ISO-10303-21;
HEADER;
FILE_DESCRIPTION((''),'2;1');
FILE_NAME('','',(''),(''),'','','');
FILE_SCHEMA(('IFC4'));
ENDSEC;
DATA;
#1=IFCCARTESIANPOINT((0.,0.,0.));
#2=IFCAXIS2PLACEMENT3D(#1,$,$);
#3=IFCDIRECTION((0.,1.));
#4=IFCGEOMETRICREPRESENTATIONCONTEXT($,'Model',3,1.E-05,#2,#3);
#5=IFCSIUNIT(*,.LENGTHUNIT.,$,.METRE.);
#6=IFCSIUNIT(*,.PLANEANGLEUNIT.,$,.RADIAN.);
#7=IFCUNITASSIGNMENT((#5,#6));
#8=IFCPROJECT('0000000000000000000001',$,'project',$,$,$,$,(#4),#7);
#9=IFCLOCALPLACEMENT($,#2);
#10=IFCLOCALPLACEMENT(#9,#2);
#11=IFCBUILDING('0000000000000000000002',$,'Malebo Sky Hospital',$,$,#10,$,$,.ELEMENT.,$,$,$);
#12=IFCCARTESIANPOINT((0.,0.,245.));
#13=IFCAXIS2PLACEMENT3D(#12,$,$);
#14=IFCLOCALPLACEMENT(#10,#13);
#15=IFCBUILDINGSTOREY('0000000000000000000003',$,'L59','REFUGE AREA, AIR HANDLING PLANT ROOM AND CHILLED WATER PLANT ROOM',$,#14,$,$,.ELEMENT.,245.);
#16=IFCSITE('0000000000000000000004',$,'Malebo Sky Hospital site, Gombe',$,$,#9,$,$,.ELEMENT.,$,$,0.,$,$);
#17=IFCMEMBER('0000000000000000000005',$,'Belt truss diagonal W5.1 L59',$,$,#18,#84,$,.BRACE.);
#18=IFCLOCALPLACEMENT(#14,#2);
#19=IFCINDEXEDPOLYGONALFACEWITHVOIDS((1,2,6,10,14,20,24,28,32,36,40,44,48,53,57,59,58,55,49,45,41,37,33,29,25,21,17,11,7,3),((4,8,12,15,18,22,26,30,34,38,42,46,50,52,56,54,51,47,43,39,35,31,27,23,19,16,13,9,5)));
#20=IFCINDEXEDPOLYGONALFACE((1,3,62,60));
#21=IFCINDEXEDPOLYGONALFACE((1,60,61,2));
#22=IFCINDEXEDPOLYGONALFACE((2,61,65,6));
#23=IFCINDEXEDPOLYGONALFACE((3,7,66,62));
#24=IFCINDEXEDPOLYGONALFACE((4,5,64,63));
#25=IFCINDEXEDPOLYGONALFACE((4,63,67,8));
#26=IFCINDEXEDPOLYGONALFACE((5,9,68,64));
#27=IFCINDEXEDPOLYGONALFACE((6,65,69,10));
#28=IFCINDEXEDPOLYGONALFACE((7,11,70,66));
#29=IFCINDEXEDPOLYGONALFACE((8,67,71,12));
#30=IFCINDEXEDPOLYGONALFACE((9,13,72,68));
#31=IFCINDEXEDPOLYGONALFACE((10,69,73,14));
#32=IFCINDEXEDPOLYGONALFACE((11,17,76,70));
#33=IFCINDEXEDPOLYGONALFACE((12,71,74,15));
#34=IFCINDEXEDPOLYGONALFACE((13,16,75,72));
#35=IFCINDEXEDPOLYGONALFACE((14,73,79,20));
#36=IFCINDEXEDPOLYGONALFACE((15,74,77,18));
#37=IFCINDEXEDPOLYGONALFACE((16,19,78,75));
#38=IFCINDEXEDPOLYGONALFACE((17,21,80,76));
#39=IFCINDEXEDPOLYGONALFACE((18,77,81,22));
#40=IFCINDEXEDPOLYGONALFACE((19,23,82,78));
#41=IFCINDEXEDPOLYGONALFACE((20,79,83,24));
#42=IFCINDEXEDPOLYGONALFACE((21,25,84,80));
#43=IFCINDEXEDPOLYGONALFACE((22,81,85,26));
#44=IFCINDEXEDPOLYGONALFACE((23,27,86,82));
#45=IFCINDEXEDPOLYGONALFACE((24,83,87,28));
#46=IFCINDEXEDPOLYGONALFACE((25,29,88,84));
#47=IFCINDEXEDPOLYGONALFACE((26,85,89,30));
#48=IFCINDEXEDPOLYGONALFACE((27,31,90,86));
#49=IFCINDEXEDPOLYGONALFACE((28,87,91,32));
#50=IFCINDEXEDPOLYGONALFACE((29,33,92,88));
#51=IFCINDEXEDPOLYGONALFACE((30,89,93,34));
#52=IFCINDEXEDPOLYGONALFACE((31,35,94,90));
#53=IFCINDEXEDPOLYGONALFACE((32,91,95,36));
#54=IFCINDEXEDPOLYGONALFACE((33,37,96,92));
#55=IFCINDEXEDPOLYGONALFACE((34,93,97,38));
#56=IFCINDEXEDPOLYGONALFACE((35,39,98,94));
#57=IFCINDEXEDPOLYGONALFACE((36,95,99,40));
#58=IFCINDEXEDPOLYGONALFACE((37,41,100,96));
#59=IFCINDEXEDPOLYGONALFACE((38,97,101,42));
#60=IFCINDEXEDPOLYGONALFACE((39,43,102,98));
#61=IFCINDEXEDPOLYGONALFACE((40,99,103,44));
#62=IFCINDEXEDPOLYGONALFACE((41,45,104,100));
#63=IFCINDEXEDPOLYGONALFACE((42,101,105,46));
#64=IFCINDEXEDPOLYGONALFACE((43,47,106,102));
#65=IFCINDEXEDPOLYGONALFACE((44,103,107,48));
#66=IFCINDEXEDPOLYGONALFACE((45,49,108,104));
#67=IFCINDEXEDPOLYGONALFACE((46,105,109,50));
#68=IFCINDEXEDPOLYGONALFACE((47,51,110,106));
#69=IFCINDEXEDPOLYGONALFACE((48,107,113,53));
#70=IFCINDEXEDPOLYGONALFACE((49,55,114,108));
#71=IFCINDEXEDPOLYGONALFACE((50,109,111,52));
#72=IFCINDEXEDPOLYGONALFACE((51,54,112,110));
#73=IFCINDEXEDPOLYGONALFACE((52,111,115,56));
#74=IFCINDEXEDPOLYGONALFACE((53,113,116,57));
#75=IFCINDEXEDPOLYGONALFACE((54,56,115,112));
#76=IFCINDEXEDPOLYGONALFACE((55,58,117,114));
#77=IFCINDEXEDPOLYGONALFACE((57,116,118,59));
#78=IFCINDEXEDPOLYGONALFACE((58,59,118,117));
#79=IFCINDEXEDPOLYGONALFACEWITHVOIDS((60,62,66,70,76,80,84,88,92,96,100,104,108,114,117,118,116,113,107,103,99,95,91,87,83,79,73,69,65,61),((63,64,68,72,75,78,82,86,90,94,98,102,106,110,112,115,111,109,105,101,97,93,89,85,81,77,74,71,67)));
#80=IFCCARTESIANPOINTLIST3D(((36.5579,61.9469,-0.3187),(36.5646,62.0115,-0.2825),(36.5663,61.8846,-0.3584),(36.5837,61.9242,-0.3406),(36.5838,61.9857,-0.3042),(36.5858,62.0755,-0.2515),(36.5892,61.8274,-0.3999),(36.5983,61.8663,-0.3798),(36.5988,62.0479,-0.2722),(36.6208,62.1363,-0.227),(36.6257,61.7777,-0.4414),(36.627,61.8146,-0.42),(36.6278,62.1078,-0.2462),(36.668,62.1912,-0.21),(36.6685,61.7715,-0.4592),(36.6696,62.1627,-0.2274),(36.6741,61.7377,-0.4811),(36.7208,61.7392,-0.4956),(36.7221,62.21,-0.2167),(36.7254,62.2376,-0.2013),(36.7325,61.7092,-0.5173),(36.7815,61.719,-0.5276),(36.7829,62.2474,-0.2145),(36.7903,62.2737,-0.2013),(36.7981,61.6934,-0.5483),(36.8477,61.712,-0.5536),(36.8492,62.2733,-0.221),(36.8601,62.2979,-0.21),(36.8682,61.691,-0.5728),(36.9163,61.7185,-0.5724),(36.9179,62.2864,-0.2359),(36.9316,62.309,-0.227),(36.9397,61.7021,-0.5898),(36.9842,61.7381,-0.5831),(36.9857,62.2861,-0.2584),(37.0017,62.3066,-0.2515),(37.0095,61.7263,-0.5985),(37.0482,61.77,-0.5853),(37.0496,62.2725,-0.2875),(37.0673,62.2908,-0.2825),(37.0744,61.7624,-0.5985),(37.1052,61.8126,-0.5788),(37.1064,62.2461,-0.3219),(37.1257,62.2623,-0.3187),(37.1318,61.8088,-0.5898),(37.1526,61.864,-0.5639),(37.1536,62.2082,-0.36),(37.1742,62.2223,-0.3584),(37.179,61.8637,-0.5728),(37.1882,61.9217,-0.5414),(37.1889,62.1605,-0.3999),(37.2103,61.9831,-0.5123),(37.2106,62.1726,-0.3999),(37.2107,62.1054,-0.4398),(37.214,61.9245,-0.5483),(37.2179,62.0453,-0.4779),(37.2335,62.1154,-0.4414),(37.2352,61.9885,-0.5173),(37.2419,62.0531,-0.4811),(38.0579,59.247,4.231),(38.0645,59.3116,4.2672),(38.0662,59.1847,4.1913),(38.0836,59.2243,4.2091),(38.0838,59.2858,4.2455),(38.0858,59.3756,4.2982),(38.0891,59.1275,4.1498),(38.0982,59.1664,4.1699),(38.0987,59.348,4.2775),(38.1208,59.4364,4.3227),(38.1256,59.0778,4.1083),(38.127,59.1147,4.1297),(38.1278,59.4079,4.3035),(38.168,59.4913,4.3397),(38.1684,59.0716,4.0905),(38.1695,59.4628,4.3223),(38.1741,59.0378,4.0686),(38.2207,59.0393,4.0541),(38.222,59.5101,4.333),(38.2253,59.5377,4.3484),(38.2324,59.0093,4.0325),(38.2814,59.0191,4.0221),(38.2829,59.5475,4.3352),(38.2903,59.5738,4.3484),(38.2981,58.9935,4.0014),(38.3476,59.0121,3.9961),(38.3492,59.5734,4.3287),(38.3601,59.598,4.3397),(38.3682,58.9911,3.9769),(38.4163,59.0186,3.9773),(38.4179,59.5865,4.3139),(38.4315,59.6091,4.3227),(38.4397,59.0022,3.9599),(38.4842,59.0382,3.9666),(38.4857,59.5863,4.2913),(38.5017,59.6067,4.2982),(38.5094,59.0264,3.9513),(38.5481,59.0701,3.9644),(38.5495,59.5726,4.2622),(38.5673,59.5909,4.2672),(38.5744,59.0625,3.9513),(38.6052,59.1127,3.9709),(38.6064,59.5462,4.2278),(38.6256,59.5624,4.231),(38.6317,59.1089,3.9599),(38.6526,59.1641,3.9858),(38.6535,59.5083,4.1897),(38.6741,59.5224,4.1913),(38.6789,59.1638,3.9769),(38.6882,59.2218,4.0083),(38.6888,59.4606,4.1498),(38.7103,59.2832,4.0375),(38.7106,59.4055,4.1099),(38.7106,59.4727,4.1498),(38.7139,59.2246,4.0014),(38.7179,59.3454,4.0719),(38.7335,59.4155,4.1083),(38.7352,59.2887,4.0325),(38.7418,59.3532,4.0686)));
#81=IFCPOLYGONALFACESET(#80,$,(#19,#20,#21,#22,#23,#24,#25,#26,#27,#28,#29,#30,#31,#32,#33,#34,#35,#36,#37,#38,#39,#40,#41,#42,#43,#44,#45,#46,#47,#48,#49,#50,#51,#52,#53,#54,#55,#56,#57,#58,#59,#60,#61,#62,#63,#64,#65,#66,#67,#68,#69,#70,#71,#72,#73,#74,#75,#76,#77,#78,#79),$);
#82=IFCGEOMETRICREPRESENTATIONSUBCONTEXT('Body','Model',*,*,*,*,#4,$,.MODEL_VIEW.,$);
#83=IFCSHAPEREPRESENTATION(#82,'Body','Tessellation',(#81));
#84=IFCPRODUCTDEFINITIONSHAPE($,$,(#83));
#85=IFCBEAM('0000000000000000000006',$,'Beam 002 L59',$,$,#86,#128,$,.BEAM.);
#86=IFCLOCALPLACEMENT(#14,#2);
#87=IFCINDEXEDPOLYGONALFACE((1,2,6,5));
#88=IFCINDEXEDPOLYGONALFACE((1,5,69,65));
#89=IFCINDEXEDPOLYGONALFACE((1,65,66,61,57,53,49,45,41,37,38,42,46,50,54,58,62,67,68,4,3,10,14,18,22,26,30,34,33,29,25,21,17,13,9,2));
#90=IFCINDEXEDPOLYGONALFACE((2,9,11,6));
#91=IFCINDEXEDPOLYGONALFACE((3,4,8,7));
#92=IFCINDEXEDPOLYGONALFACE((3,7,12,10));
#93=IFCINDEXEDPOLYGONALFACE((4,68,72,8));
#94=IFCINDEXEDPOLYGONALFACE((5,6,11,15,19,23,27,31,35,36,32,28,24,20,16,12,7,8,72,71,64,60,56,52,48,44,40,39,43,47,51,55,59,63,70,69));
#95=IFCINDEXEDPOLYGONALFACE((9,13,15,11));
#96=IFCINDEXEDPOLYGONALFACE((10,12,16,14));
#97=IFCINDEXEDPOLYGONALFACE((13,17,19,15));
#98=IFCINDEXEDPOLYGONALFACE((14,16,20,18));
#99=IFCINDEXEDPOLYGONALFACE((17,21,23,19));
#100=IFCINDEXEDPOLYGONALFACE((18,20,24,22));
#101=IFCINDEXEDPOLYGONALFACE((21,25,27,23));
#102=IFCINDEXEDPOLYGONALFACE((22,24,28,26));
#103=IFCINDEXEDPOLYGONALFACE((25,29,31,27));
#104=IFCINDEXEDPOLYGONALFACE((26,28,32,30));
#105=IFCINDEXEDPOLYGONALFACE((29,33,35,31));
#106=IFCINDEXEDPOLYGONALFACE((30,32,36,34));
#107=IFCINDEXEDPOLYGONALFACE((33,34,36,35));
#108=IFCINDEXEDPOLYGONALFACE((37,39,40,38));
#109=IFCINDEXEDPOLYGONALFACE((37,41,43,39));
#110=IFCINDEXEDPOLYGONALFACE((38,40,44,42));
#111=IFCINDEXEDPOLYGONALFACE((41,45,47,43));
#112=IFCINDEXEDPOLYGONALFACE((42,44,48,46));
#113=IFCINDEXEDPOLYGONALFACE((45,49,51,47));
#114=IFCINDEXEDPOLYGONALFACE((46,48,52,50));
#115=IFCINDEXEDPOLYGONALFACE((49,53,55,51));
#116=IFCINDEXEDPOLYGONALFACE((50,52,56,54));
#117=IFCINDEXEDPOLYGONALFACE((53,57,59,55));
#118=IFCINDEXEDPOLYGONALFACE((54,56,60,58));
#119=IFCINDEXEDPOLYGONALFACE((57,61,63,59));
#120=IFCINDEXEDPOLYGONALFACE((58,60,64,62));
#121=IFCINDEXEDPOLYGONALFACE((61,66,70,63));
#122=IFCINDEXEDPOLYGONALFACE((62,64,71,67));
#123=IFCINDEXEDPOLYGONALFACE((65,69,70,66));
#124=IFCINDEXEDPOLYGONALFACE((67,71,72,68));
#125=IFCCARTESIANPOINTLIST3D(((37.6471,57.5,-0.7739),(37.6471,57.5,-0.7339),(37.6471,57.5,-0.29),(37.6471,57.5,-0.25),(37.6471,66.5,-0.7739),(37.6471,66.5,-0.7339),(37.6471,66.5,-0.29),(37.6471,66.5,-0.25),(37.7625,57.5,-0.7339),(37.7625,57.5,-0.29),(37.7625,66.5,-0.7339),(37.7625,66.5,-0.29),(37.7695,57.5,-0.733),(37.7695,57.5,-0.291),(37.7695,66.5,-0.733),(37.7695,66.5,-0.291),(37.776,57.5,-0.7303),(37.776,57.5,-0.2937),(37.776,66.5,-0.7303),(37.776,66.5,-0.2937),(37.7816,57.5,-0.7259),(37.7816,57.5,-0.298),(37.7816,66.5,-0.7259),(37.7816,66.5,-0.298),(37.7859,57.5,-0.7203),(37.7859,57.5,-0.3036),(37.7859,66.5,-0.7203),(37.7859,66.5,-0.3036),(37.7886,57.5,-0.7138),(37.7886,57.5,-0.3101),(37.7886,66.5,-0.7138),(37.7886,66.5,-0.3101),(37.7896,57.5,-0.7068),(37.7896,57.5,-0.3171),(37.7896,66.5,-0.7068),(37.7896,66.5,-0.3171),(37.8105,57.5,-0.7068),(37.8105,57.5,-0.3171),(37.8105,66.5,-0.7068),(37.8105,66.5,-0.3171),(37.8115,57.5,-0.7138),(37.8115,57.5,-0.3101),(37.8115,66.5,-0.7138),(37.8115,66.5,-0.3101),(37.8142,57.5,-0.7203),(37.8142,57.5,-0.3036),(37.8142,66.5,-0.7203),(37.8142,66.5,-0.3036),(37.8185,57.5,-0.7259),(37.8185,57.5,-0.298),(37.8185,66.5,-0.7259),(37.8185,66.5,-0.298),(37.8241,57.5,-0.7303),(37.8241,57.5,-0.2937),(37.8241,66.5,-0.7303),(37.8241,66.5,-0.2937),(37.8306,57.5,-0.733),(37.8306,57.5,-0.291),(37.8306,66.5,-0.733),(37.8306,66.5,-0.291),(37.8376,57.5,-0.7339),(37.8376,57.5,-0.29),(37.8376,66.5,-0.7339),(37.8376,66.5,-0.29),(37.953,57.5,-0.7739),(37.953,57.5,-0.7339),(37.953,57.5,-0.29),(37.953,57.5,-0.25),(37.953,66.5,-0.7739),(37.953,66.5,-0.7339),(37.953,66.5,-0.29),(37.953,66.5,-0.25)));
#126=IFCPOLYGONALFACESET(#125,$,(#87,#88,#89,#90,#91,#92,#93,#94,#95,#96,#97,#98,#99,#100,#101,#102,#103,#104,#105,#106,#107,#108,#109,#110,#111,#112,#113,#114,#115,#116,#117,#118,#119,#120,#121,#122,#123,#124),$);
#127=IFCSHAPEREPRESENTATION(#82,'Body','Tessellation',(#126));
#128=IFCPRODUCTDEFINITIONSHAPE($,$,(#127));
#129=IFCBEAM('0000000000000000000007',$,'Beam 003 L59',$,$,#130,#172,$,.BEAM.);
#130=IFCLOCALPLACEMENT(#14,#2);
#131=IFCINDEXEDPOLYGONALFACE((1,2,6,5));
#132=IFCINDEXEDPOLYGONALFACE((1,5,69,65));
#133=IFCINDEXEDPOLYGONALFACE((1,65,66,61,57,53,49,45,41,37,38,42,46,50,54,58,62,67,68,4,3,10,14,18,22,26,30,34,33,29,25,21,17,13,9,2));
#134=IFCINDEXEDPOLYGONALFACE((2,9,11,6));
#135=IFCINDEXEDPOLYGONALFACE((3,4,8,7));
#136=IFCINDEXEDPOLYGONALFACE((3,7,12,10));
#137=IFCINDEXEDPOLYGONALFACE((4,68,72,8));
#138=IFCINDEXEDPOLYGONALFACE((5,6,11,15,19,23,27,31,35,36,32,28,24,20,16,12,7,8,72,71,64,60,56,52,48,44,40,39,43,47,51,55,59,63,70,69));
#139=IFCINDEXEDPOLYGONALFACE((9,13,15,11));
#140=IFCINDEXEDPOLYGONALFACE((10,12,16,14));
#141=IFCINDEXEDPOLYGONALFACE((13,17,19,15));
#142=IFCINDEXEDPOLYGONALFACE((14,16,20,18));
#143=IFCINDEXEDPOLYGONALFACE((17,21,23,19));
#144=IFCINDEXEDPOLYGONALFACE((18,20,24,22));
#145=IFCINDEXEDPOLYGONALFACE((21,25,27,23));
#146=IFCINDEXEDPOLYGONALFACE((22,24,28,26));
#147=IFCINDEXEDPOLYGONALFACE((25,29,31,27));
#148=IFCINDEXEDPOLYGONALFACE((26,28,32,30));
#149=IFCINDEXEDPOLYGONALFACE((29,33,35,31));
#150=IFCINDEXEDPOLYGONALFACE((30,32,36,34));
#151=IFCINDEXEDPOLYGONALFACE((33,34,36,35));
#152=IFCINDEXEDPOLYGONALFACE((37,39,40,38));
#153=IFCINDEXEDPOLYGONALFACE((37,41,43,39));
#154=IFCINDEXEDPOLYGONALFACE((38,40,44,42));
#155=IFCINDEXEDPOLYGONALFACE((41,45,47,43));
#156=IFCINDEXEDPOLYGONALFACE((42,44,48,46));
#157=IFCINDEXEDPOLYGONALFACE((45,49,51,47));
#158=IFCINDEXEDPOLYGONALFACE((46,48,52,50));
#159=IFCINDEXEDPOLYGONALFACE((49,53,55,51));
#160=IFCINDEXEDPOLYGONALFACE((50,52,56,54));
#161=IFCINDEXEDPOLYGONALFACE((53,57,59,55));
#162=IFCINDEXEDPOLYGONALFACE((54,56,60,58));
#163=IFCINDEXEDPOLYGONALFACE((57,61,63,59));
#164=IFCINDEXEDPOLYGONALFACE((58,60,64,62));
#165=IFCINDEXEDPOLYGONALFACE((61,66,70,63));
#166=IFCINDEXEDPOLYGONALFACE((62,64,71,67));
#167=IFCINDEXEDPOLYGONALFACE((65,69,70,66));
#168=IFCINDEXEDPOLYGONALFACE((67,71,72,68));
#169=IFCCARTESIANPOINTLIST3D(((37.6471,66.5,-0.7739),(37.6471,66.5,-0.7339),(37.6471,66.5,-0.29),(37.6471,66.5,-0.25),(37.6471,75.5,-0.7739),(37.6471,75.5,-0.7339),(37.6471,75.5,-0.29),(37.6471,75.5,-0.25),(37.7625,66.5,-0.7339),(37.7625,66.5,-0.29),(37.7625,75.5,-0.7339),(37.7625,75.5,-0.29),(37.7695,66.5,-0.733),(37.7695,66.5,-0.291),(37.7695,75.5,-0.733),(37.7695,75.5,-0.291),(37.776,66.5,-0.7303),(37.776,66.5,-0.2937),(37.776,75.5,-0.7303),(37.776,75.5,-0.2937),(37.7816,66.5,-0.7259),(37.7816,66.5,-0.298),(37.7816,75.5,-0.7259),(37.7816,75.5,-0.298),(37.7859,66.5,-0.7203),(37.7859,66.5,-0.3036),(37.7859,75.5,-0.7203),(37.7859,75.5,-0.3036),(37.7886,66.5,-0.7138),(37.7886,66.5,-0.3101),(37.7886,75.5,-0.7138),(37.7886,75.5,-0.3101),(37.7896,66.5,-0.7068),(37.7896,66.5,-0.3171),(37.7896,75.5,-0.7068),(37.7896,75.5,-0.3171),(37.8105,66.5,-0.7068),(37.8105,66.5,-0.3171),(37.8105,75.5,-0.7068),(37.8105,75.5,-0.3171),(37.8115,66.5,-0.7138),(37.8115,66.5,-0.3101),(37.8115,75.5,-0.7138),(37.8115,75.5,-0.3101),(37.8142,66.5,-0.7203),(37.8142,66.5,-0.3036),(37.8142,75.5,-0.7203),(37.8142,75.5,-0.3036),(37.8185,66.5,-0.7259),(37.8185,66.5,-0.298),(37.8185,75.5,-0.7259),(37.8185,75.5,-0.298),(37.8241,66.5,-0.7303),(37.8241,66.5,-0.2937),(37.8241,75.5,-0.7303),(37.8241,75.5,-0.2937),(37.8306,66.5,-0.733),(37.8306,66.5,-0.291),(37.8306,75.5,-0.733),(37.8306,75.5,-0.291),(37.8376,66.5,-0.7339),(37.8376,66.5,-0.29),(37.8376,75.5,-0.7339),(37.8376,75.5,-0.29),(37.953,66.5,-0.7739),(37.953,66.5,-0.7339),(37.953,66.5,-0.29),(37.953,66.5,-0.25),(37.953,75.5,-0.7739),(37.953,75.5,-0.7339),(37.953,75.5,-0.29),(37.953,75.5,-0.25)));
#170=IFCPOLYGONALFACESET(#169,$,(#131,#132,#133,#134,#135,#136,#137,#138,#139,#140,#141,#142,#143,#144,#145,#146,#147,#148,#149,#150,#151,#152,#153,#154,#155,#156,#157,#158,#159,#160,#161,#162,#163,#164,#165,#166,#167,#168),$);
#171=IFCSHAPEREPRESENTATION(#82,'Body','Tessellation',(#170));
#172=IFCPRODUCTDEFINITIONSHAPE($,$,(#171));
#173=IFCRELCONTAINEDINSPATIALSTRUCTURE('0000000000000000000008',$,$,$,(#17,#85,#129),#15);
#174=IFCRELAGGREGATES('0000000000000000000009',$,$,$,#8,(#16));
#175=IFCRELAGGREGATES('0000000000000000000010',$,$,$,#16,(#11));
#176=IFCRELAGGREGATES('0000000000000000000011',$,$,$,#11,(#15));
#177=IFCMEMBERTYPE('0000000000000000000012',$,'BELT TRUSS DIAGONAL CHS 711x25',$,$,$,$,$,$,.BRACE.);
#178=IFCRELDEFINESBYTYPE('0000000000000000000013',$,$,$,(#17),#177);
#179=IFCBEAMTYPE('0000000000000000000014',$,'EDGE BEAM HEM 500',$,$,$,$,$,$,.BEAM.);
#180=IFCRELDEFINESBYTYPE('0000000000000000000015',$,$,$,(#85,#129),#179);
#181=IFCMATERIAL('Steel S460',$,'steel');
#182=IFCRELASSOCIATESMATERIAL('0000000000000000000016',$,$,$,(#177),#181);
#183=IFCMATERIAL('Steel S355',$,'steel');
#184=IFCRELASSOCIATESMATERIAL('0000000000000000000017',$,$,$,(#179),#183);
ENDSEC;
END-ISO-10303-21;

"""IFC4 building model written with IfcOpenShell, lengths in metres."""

from ifc_helpers import new_model, si_unit, direction, frame, origin, origin_2d, place, context, subcontext, project, spatial, hollow_circle, i_section, extrude, material, material_profile, profile_set, type_object, element, save


model = new_model("IFC4")

# Units and contexts
model_context = context("Model", 3, precision=1e-05, world=origin(), true_north=direction((0.0, 1.0)))
body_context = subcontext(model_context, "Body", "Model", "MODEL_VIEW")
ifc_project = project(units=[si_unit("LENGTHUNIT", "METRE"), si_unit("PLANEANGLEUNIT", "RADIAN")], contexts=[model_context])

# Site, building, storey
site_placement = place(None, origin())
site = spatial("IfcSite", under=ifc_project, at=site_placement, Name="Malebo Sky Hospital site, Gombe", CompositionType="ELEMENT", RefElevation=0.0)
building_placement = place(site_placement, origin())
building = spatial("IfcBuilding", under=site, at=building_placement, Name="Malebo Sky Hospital", CompositionType="ELEMENT")
storey_placement = place(building_placement, frame((0.0, 0.0, 245.0)))
storey = spatial("IfcBuildingStorey", under=building, at=storey_placement, Name="L59", Description="REFUGE AREA, AIR HANDLING PLANT ROOM AND CHILLED WATER PLANT ROOM", CompositionType="ELEMENT", Elevation=245.0)

# Member
ifc_material_1 = material(Name="Steel S460", Category="steel")
ifc_material_profile_1 = material_profile(ifc_material_1, hollow_circle(Radius=0.3555, WallThickness=0.0249, at=origin_2d()), Name="CHS 711x25")
ifc_profile_set_1 = profile_set([ifc_material_profile_1], Name="Steel S460")
member_type_1 = type_object("IfcMemberType", Name="BELT TRUSS DIAGONAL CHS 711x25", PredefinedType="BRACE", material=ifc_profile_set_1)
member_1_placement = place(storey_placement, frame((36.8999, 62.0, -0.3999), z_axis=(0.27277, -0.490978, 0.827368), x_axis=(0.874154, 0.48565, 0.0)))
element("IfcMember", 1, at=member_1_placement, inside=storey, type_object=member_type_1, Name="Belt truss diagonal W5.1 L59", PredefinedType="BRACE", context=body_context, shape_type="SweptSolid", body=[
    extrude(hollow_circle(Radius=0.3555, WallThickness=0.0249, at=origin_2d()), origin(), (0.0, 0.0, 1.0), 5.499),
])

# Beams
ifc_material_2 = material(Name="Steel S355", Category="steel")
ifc_material_profile_2 = material_profile(ifc_material_2, i_section(OverallWidth=0.3059, OverallDepth=0.5239, WebThickness=0.021, FlangeThickness=0.04, FilletRadius=0.0271, at=origin_2d()), Name="HEM 500")
ifc_profile_set_2 = profile_set([ifc_material_profile_2], Name="Steel S355")
beam_type_1 = type_object("IfcBeamType", Name="EDGE BEAM HEM 500", PredefinedType="BEAM", material=ifc_profile_set_2)
for number, where, z_axis, x_axis, name in (
    (2, (37.8, 57.5, -0.512), (0.0, 1.0, 0.0), (-1.0, 0.0, 0.0), "Beam 002 L59"),
    (3, (37.8, 66.5, -0.512), (0.0, 1.0, 0.0), (-1.0, 0.0, 0.0), "Beam 003 L59"),
):
    element("IfcBeam", number, at=place(storey_placement, frame(where, z_axis=z_axis, x_axis=x_axis)), inside=storey, type_object=beam_type_1, Name=name, PredefinedType="BEAM", context=body_context, shape_type="SweptSolid", body=[
        extrude(i_section(OverallWidth=0.3059, OverallDepth=0.5239, WebThickness=0.021, FlangeThickness=0.04, FilletRadius=0.0271, at=origin_2d()), origin(), (0.0, 0.0, 1.0), 9.0),
    ])

save(model, "model.ifc")
